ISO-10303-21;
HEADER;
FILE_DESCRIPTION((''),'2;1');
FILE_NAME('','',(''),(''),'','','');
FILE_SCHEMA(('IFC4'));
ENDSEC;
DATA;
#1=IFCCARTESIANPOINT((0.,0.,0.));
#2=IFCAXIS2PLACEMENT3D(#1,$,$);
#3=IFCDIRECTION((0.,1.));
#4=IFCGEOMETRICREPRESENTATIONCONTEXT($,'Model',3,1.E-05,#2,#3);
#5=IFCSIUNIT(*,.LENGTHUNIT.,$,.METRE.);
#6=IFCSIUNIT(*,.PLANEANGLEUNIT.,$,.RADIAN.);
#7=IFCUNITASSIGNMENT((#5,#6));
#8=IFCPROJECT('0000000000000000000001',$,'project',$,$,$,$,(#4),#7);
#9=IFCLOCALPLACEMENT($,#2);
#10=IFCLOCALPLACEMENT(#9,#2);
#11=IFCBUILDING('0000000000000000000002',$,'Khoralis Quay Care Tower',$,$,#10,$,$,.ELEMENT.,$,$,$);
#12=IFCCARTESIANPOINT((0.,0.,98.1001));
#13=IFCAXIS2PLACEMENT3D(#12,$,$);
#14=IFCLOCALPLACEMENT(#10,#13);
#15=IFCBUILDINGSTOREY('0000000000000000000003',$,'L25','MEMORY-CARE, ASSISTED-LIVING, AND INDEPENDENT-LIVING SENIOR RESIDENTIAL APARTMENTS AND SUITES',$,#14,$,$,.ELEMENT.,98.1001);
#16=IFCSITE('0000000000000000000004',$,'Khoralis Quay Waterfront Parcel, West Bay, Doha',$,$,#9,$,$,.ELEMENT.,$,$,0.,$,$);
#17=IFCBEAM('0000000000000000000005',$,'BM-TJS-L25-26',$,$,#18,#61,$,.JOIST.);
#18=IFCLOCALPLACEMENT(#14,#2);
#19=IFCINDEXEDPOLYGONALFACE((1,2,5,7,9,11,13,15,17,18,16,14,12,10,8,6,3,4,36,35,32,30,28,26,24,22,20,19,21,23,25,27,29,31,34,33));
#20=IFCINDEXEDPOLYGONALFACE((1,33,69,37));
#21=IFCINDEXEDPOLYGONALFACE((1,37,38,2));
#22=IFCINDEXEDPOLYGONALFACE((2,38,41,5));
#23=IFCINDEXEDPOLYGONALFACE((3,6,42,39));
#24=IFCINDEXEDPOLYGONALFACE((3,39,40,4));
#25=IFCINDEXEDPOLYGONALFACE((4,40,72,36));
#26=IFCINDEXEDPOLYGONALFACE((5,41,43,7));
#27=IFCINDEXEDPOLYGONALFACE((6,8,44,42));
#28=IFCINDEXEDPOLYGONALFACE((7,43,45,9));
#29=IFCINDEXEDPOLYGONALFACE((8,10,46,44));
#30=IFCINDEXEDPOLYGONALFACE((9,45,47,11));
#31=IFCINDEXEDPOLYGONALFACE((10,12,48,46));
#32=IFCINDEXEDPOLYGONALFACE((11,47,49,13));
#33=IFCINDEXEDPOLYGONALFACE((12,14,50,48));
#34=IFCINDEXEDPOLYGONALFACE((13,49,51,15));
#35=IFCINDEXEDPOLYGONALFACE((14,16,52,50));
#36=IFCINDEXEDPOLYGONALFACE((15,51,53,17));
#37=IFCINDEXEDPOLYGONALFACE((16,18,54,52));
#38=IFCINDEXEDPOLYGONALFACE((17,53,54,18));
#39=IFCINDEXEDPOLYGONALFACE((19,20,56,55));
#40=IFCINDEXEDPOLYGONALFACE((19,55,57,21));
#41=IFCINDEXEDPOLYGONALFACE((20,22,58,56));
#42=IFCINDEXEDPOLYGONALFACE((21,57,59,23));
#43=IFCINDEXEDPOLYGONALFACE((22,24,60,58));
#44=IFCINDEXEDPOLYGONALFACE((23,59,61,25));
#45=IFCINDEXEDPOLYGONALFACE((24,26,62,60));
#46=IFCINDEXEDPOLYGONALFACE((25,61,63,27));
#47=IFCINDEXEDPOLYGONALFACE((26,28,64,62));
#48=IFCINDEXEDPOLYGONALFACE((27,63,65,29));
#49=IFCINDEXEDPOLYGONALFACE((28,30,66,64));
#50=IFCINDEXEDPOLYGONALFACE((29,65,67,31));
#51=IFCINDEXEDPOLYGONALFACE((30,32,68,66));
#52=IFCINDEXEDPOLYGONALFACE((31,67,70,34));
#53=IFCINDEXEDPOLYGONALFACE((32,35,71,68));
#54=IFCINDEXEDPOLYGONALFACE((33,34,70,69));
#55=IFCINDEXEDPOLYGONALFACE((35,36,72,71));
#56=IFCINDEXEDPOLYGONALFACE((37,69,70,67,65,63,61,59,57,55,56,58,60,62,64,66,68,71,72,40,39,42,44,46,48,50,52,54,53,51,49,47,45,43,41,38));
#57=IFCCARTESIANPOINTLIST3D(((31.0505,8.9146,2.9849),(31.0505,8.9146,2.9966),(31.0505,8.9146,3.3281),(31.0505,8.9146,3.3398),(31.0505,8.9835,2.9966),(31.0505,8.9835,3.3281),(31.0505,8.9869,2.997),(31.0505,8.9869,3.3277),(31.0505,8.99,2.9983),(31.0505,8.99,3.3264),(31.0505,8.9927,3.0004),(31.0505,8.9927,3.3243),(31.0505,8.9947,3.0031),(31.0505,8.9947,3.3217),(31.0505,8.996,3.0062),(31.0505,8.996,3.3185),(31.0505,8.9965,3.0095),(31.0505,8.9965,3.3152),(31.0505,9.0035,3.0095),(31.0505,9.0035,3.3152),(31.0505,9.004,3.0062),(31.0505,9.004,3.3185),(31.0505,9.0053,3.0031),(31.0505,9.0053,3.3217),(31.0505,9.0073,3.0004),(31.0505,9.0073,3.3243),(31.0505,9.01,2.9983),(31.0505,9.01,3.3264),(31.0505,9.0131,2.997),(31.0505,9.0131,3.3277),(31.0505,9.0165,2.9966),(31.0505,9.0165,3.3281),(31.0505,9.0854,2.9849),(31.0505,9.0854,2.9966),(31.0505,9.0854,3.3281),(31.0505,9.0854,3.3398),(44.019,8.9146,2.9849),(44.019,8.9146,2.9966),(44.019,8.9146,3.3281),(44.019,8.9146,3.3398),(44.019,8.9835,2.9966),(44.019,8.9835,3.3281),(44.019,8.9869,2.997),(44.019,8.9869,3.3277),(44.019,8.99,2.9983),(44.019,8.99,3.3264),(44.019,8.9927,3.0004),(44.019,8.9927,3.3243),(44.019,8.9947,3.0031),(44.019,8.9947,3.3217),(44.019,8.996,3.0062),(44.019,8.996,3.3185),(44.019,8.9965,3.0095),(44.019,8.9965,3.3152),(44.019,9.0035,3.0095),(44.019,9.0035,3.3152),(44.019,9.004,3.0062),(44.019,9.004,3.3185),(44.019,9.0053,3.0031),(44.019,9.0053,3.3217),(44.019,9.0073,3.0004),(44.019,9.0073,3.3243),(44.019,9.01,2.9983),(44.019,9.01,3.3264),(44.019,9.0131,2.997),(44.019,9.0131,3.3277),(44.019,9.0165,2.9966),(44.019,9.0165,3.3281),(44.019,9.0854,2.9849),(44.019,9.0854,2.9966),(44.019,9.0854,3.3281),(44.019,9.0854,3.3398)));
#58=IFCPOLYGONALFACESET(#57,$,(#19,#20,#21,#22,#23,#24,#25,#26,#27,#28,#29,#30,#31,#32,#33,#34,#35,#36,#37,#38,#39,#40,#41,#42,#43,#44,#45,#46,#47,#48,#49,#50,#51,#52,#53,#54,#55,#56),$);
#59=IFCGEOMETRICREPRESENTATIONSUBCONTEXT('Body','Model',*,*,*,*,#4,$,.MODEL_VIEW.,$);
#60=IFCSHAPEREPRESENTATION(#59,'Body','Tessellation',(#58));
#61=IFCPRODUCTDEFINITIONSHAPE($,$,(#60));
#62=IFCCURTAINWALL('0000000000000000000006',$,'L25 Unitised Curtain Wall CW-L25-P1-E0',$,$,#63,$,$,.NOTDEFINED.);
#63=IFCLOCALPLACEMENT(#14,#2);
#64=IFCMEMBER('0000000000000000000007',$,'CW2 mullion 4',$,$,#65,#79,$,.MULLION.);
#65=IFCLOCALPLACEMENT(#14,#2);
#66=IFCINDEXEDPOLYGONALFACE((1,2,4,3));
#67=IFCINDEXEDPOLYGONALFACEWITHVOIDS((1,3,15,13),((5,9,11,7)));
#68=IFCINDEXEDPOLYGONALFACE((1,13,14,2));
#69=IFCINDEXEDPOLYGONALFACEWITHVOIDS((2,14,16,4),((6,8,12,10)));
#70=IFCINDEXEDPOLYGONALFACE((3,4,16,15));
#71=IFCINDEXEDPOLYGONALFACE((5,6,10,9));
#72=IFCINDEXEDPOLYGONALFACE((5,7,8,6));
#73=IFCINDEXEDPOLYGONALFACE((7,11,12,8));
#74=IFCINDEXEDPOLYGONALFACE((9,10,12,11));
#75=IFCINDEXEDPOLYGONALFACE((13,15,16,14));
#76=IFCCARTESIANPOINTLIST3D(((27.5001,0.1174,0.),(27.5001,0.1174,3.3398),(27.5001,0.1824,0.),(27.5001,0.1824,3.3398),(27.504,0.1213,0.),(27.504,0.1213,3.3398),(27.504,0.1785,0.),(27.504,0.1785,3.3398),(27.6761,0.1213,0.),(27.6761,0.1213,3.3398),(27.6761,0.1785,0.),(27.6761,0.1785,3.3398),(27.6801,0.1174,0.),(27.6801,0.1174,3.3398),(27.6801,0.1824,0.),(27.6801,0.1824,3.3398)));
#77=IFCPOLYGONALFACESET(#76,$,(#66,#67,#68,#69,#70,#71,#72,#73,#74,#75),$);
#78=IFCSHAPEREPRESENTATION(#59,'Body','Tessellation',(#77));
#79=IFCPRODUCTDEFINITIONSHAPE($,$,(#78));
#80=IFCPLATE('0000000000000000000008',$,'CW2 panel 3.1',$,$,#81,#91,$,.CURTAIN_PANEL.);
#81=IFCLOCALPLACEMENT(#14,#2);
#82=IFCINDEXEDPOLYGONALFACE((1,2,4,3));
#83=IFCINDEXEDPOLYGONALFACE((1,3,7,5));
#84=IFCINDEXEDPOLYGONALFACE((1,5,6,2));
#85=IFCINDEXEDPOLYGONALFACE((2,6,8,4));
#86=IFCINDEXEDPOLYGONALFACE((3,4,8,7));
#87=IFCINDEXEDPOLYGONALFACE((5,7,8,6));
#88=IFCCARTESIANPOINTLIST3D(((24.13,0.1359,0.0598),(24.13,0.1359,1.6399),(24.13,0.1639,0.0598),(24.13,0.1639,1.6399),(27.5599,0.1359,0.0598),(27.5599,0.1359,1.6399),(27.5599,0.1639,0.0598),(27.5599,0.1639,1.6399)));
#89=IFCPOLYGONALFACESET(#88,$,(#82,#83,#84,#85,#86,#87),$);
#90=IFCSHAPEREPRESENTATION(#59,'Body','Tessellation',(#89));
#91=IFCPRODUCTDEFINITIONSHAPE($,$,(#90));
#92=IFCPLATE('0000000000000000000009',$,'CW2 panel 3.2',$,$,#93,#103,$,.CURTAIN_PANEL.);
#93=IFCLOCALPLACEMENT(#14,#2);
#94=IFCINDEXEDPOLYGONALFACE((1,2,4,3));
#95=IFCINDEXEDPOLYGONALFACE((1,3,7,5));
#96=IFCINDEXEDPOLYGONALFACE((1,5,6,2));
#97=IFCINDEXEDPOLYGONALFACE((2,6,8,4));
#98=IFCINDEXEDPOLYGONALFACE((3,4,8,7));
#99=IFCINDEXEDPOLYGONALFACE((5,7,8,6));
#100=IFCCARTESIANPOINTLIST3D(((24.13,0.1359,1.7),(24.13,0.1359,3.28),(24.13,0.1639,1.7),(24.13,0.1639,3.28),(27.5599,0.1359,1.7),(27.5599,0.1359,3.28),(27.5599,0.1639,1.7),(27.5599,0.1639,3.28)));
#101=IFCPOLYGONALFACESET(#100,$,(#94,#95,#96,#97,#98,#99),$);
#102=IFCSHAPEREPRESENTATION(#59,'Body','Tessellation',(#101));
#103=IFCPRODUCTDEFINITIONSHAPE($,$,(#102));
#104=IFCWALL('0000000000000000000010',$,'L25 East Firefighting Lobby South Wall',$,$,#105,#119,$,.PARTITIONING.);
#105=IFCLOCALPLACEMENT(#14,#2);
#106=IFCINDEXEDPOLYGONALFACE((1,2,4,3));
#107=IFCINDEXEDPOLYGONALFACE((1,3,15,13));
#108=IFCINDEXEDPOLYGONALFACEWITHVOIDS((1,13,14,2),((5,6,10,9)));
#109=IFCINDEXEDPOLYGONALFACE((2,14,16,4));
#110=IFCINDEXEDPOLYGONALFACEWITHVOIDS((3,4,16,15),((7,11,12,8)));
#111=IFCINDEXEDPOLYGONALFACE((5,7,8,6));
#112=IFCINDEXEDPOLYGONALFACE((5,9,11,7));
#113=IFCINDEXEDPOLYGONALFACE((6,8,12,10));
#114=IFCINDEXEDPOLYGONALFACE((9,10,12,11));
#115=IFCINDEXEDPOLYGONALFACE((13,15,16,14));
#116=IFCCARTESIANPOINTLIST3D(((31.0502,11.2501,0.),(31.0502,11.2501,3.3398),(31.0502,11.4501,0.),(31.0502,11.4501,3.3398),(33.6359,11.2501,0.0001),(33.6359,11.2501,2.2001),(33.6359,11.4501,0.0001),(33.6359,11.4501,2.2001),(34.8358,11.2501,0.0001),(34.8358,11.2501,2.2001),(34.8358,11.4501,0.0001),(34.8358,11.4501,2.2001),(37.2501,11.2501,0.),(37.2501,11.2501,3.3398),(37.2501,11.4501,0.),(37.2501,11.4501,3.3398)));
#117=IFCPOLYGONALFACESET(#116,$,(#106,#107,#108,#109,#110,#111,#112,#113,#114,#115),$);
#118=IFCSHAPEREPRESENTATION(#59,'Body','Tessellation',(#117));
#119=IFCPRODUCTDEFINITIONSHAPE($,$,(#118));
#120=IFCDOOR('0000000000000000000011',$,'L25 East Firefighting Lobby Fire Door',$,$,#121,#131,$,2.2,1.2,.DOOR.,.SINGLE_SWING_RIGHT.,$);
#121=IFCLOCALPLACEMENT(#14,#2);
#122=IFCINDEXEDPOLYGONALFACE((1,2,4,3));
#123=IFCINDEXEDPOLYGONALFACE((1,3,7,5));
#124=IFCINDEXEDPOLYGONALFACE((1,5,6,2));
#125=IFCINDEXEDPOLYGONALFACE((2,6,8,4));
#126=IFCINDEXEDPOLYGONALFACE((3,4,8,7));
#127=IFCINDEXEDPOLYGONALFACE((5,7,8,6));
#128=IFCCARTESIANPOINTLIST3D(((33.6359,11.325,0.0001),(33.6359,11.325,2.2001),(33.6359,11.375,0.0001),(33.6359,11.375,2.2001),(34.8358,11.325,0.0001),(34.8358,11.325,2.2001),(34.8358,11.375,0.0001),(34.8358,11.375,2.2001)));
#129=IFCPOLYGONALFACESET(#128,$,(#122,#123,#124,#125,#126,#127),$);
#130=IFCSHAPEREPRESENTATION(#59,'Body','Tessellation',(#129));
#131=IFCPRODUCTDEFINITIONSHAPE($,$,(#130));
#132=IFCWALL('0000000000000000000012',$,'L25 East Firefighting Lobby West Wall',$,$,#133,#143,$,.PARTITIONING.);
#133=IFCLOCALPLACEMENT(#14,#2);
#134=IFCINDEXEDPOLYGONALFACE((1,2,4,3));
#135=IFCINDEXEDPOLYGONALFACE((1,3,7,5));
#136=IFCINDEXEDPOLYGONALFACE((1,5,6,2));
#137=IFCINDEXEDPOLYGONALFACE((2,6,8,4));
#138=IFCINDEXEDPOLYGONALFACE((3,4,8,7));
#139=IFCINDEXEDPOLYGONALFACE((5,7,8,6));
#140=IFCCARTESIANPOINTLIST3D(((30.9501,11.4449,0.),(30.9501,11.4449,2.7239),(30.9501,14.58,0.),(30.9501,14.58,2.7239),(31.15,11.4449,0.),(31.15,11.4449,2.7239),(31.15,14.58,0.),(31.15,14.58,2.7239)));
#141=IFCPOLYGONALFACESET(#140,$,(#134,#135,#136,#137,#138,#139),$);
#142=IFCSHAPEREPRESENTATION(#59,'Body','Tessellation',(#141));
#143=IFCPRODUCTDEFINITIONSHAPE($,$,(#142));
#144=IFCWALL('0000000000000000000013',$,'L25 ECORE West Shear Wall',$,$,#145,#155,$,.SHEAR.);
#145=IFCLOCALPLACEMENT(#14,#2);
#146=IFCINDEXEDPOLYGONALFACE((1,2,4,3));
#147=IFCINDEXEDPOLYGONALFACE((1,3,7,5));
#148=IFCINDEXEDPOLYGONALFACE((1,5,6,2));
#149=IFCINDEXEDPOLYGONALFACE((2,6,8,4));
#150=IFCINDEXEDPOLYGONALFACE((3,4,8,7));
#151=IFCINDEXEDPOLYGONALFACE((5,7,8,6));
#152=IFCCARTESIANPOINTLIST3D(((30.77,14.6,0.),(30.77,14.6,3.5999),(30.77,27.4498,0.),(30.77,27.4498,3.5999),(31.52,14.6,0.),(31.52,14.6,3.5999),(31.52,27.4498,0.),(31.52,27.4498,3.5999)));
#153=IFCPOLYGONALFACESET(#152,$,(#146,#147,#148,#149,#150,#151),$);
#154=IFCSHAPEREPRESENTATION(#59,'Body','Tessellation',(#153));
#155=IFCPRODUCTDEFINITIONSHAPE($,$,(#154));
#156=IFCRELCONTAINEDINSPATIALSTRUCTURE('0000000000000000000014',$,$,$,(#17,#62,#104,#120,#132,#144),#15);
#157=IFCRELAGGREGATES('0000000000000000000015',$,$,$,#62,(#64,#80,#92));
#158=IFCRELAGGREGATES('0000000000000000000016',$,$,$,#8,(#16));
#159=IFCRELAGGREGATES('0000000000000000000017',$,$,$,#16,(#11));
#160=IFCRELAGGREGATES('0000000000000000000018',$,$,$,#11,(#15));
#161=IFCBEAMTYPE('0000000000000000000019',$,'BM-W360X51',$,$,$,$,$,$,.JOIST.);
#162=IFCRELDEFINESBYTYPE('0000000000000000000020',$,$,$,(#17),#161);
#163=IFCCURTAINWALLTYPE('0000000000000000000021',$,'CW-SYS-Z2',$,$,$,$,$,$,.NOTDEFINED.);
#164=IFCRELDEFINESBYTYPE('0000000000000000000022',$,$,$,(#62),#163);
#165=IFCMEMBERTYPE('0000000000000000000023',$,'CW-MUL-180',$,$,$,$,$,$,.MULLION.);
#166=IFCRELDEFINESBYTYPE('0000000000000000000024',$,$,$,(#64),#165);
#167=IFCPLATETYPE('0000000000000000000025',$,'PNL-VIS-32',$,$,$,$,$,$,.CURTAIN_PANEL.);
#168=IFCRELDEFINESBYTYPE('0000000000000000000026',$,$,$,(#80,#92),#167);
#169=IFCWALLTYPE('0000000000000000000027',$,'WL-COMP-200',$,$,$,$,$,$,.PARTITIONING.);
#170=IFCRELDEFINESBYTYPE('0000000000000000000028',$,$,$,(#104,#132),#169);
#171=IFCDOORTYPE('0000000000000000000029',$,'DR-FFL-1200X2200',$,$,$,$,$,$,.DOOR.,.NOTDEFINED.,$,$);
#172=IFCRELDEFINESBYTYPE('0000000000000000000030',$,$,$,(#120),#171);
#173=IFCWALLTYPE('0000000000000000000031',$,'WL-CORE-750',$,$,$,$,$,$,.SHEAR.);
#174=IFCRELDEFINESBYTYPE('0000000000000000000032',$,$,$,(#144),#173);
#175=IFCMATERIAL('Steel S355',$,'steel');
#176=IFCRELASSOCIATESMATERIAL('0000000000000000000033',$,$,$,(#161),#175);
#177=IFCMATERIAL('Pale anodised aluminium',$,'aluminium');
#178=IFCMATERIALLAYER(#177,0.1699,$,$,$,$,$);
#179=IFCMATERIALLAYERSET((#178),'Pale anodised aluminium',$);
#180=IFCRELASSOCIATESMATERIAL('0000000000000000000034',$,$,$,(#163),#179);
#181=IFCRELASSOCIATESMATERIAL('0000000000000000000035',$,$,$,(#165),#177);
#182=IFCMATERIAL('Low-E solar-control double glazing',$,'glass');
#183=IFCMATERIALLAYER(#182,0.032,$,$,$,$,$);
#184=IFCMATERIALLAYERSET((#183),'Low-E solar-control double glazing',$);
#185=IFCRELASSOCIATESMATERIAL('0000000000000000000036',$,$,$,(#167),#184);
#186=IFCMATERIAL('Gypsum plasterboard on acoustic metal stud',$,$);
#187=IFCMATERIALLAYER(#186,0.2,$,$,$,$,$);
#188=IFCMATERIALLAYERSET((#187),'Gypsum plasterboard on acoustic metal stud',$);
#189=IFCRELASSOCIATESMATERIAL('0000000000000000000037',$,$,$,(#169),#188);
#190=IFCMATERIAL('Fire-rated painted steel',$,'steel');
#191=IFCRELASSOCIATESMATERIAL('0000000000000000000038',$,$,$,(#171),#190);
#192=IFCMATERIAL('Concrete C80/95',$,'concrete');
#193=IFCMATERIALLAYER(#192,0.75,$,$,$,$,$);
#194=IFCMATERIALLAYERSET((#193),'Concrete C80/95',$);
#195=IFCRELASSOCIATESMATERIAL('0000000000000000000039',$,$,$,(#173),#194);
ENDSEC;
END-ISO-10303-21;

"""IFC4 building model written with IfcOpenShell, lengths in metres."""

from ifc_helpers import new_model, si_unit, direction, frame, frame_2d, origin, origin_2d, place, context, subcontext, project, spatial, rectangle, hollow_rectangle, i_section, extrude, source, transform, mapped, material, layer, layer_set, material_profile, profile_set, type_object, element, fill, aggregate, save


model = new_model("IFC4")

# Units and contexts
model_context = context("Model", 3, precision=1e-05, world=origin(), true_north=direction((0.0, 1.0)))
body_context = subcontext(model_context, "Body", "Model", "MODEL_VIEW")
ifc_project = project(units=[si_unit("LENGTHUNIT", "METRE"), si_unit("PLANEANGLEUNIT", "RADIAN")], contexts=[model_context])

# Site, building, storey
site_placement = place(None, origin())
site = spatial("IfcSite", under=ifc_project, at=site_placement, Name="Khoralis Quay Waterfront Parcel, West Bay, Doha", CompositionType="ELEMENT", RefElevation=0.0)
building_placement = place(site_placement, origin())
building = spatial("IfcBuilding", under=site, at=building_placement, Name="Khoralis Quay Care Tower", CompositionType="ELEMENT")
storey_placement = place(building_placement, frame((0.0, 0.0, 98.1001)))
storey = spatial("IfcBuildingStorey", under=building, at=storey_placement, Name="L25", Description="MEMORY-CARE, ASSISTED-LIVING, AND INDEPENDENT-LIVING SENIOR RESIDENTIAL APARTMENTS AND SUITES", CompositionType="ELEMENT", Elevation=98.1001)

# Beam
ifc_material_1 = material(Name="Steel S355", Category="steel")
ifc_material_profile_1 = material_profile(ifc_material_1, i_section(OverallWidth=0.1709, OverallDepth=0.355, WebThickness=0.0071, FlangeThickness=0.0117, FilletRadius=0.0129, at=origin_2d()), Name="Steel S355")
ifc_profile_set_1 = profile_set([ifc_material_profile_1], Name="Steel S355")
beam_type_1 = type_object("IfcBeamType", Name="BM-W360X51", PredefinedType="JOIST", material=ifc_profile_set_1)
shared_shape_1 = source(origin(), body_context, "Body", "SweptSolid", [
    extrude(i_section(OverallWidth=0.1709, OverallDepth=0.355, WebThickness=0.0071, FlangeThickness=0.0117, FilletRadius=0.0129, at=origin_2d()), origin(), (0.0, 0.0, 1.0), 12.9685),
])
beam_1_placement = place(storey_placement, frame((31.0505, 9.0, 3.1624), z_axis=(1.0, 0.0, 0.0), x_axis=(0.0, 1.0, 0.0)))
element("IfcBeam", 1, at=beam_1_placement, inside=storey, type_object=beam_type_1, Name="BM-TJS-L25-26", PredefinedType="JOIST", context=body_context, shape_type="MappedRepresentation", body=[
    mapped(shared_shape_1, transform((0.0, 0.0, 0.0), scale=1.0)),
])

# Curtain wall, member, plates
ifc_material_2 = material(Name="Pale anodised aluminium", Category="aluminium")
ifc_layer_1 = layer(ifc_material_2, 0.1699)
ifc_layer_set_1 = layer_set([ifc_layer_1], Name="Pale anodised aluminium")
curtain_wall_type = type_object("IfcCurtainWallType", Name="CW-SYS-Z2", PredefinedType="NOTDEFINED", material=ifc_layer_set_1)
curtain_wall_placement = place(storey_placement, origin())
curtain_wall = element("IfcCurtainWall", 2, at=curtain_wall_placement, inside=storey, type_object=curtain_wall_type, Name="L25 Unitised Curtain Wall CW-L25-P1-E0", PredefinedType="NOTDEFINED")
ifc_material_profile_2 = material_profile(ifc_material_2, hollow_rectangle(XDim=0.0649, YDim=0.1799, WallThickness=0.0039, at=origin_2d()), Name="Pale anodised aluminium")
ifc_profile_set_2 = profile_set([ifc_material_profile_2], Name="Pale anodised aluminium")
member_type = type_object("IfcMemberType", Name="CW-MUL-180", PredefinedType="MULLION", material=ifc_profile_set_2)
shared_shape_2 = source(origin(), body_context, "Body", "SweptSolid", [
    extrude(hollow_rectangle(XDim=0.0649, YDim=0.1799, WallThickness=0.0039, at=origin_2d()), origin(), (0.0, 0.0, 1.0), 3.3398),
])
member_placement = place(storey_placement, frame((27.5901, 0.1499, 0.0), z_axis=(0.0, 0.0, 1.0), x_axis=(0.0, 1.0, 0.0)))
member = element("IfcMember", 3, at=member_placement, type_object=member_type, Name="CW2 mullion 4", PredefinedType="MULLION", context=body_context, shape_type="MappedRepresentation", body=[
    mapped(shared_shape_2, transform((0.0, 0.0, 0.0), scale=1.0)),
])
ifc_material_3 = material(Name="Low-E solar-control double glazing", Category="glass")
ifc_layer_2 = layer(ifc_material_3, 0.032)
ifc_layer_set_2 = layer_set([ifc_layer_2], Name="Low-E solar-control double glazing")
plate_type = type_object("IfcPlateType", Name="PNL-VIS-32", PredefinedType="CURTAIN_PANEL", material=ifc_layer_set_2)
shared_shape_3 = source(origin(), body_context, "Body", "SweptSolid", [
    extrude(rectangle(XDim=3.4299, YDim=0.0281, at=origin_2d()), origin(), (0.0, 0.0, 1.0), 1.5801),
])
plate_1_placement = place(storey_placement, frame((25.845, 0.1499, 0.0598), z_axis=(0.0, 0.0, 1.0), x_axis=(1.0, 0.0, 0.0)))
plate_1 = element("IfcPlate", 4, at=plate_1_placement, type_object=plate_type, Name="CW2 panel 3.1", PredefinedType="CURTAIN_PANEL", context=body_context, shape_type="MappedRepresentation", body=[
    mapped(shared_shape_3, transform((0.0, 0.0, 0.0), scale=1.0)),
])
plate_2_placement = place(storey_placement, frame((25.845, 0.1499, 1.7), z_axis=(0.0, 0.0, 1.0), x_axis=(1.0, 0.0, 0.0)))
plate_2 = element("IfcPlate", 5, at=plate_2_placement, type_object=plate_type, Name="CW2 panel 3.2", PredefinedType="CURTAIN_PANEL", context=body_context, shape_type="MappedRepresentation", body=[
    mapped(shared_shape_3, transform((0.0, 0.0, 0.0), scale=1.0)),
])
aggregate(curtain_wall, [member, plate_1, plate_2])

# Wall, opening, door
ifc_material_4 = material(Name="Gypsum plasterboard on acoustic metal stud")
ifc_layer_3 = layer(ifc_material_4, 0.2)
ifc_layer_set_3 = layer_set([ifc_layer_3], Name="Gypsum plasterboard on acoustic metal stud")
wall_type_1 = type_object("IfcWallType", Name="WL-COMP-200", PredefinedType="PARTITIONING", material=ifc_layer_set_3)
wall_1_placement = place(storey_placement, frame((31.05, 11.3501, 0.0), z_axis=(0.0, 0.0, 1.0), x_axis=(1.0, 0.0, 0.0)))
wall_1 = element("IfcWall", 6, at=wall_1_placement, inside=storey, type_object=wall_type_1, Name="L25 East Firefighting Lobby South Wall", PredefinedType="PARTITIONING", context=body_context, shape_type="SweptSolid", body=[
    extrude(rectangle(XDim=6.2, YDim=0.2, at=frame_2d((3.1001, 0.0))), origin(), (0.0, 0.0, 1.0), 3.3398),
])
opening_1_placement = place(wall_1_placement, frame((2.5857, 0.0, 0.0)))
opening_1 = element("IfcOpeningElement", 7, at=opening_1_placement, cuts=wall_1, PredefinedType="OPENING", context=body_context, shape_type="SweptSolid", body=[
    extrude(rectangle(XDim=1.2, YDim=2.2, at=frame_2d((0.6001, 1.1001))), frame((0.0, 0.1099, 0.0), z_axis=(0.0, -1.0, 0.0), x_axis=(1.0, 0.0, 0.0)), (0.0, 0.0, 1.0), 0.22),
])
ifc_material_5 = material(Name="Fire-rated painted steel", Category="steel")
door_type_1 = type_object("IfcDoorType", Name="DR-FFL-1200X2200", OperationType="NOTDEFINED", PredefinedType="DOOR", material=ifc_material_5)
shared_shape_4 = source(origin(), body_context, "Body", "SweptSolid", [
    extrude(rectangle(XDim=1.2, YDim=2.2, at=frame_2d((0.6001, 1.1001))), frame((0.0, 0.0249, 0.0), z_axis=(0.0, -1.0, 0.0), x_axis=(1.0, 0.0, 0.0)), (0.0, 0.0, 1.0), 0.05),
])
door_1_placement = place(opening_1_placement, origin())
door_1 = element("IfcDoor", 8, at=door_1_placement, inside=storey, type_object=door_type_1, Name="L25 East Firefighting Lobby Fire Door", OperationType="SINGLE_SWING_RIGHT", OverallHeight=2.2, OverallWidth=1.2, PredefinedType="DOOR", context=body_context, shape_type="MappedRepresentation", body=[
    mapped(shared_shape_4, transform((0.0, 0.0, 0.0), scale=1.0)),
])
fill(opening_1, door_1)

# Walls
wall_2_placement = place(storey_placement, frame((31.05, 11.4451, 0.0), z_axis=(0.0, 0.0, 1.0), x_axis=(0.0, 1.0, 0.0)))
element("IfcWall", 9, at=wall_2_placement, inside=storey, type_object=wall_type_1, Name="L25 East Firefighting Lobby West Wall", PredefinedType="PARTITIONING", context=body_context, shape_type="SweptSolid", body=[
    extrude(rectangle(XDim=3.135, YDim=0.2, at=frame_2d((1.5674, 0.0))), origin(), (0.0, 0.0, 1.0), 2.7239),
])
ifc_material_6 = material(Name="Concrete C80/95", Category="concrete")
ifc_layer_4 = layer(ifc_material_6, 0.75)
ifc_layer_set_4 = layer_set([ifc_layer_4], Name="Concrete C80/95")
wall_type_2 = type_object("IfcWallType", Name="WL-CORE-750", PredefinedType="SHEAR", material=ifc_layer_set_4)
wall_3_placement = place(storey_placement, frame((31.145, 14.6001, 0.0), z_axis=(0.0, 0.0, 1.0), x_axis=(0.0, 1.0, 0.0)))
element("IfcWall", 10, at=wall_3_placement, inside=storey, type_object=wall_type_2, Name="L25 ECORE West Shear Wall", PredefinedType="SHEAR", context=body_context, shape_type="SweptSolid", body=[
    extrude(rectangle(XDim=12.8499, YDim=0.75, at=frame_2d((6.4248, 0.0))), origin(), (0.0, 0.0, 1.0), 3.5999),
])

save(model, "model.ifc")
